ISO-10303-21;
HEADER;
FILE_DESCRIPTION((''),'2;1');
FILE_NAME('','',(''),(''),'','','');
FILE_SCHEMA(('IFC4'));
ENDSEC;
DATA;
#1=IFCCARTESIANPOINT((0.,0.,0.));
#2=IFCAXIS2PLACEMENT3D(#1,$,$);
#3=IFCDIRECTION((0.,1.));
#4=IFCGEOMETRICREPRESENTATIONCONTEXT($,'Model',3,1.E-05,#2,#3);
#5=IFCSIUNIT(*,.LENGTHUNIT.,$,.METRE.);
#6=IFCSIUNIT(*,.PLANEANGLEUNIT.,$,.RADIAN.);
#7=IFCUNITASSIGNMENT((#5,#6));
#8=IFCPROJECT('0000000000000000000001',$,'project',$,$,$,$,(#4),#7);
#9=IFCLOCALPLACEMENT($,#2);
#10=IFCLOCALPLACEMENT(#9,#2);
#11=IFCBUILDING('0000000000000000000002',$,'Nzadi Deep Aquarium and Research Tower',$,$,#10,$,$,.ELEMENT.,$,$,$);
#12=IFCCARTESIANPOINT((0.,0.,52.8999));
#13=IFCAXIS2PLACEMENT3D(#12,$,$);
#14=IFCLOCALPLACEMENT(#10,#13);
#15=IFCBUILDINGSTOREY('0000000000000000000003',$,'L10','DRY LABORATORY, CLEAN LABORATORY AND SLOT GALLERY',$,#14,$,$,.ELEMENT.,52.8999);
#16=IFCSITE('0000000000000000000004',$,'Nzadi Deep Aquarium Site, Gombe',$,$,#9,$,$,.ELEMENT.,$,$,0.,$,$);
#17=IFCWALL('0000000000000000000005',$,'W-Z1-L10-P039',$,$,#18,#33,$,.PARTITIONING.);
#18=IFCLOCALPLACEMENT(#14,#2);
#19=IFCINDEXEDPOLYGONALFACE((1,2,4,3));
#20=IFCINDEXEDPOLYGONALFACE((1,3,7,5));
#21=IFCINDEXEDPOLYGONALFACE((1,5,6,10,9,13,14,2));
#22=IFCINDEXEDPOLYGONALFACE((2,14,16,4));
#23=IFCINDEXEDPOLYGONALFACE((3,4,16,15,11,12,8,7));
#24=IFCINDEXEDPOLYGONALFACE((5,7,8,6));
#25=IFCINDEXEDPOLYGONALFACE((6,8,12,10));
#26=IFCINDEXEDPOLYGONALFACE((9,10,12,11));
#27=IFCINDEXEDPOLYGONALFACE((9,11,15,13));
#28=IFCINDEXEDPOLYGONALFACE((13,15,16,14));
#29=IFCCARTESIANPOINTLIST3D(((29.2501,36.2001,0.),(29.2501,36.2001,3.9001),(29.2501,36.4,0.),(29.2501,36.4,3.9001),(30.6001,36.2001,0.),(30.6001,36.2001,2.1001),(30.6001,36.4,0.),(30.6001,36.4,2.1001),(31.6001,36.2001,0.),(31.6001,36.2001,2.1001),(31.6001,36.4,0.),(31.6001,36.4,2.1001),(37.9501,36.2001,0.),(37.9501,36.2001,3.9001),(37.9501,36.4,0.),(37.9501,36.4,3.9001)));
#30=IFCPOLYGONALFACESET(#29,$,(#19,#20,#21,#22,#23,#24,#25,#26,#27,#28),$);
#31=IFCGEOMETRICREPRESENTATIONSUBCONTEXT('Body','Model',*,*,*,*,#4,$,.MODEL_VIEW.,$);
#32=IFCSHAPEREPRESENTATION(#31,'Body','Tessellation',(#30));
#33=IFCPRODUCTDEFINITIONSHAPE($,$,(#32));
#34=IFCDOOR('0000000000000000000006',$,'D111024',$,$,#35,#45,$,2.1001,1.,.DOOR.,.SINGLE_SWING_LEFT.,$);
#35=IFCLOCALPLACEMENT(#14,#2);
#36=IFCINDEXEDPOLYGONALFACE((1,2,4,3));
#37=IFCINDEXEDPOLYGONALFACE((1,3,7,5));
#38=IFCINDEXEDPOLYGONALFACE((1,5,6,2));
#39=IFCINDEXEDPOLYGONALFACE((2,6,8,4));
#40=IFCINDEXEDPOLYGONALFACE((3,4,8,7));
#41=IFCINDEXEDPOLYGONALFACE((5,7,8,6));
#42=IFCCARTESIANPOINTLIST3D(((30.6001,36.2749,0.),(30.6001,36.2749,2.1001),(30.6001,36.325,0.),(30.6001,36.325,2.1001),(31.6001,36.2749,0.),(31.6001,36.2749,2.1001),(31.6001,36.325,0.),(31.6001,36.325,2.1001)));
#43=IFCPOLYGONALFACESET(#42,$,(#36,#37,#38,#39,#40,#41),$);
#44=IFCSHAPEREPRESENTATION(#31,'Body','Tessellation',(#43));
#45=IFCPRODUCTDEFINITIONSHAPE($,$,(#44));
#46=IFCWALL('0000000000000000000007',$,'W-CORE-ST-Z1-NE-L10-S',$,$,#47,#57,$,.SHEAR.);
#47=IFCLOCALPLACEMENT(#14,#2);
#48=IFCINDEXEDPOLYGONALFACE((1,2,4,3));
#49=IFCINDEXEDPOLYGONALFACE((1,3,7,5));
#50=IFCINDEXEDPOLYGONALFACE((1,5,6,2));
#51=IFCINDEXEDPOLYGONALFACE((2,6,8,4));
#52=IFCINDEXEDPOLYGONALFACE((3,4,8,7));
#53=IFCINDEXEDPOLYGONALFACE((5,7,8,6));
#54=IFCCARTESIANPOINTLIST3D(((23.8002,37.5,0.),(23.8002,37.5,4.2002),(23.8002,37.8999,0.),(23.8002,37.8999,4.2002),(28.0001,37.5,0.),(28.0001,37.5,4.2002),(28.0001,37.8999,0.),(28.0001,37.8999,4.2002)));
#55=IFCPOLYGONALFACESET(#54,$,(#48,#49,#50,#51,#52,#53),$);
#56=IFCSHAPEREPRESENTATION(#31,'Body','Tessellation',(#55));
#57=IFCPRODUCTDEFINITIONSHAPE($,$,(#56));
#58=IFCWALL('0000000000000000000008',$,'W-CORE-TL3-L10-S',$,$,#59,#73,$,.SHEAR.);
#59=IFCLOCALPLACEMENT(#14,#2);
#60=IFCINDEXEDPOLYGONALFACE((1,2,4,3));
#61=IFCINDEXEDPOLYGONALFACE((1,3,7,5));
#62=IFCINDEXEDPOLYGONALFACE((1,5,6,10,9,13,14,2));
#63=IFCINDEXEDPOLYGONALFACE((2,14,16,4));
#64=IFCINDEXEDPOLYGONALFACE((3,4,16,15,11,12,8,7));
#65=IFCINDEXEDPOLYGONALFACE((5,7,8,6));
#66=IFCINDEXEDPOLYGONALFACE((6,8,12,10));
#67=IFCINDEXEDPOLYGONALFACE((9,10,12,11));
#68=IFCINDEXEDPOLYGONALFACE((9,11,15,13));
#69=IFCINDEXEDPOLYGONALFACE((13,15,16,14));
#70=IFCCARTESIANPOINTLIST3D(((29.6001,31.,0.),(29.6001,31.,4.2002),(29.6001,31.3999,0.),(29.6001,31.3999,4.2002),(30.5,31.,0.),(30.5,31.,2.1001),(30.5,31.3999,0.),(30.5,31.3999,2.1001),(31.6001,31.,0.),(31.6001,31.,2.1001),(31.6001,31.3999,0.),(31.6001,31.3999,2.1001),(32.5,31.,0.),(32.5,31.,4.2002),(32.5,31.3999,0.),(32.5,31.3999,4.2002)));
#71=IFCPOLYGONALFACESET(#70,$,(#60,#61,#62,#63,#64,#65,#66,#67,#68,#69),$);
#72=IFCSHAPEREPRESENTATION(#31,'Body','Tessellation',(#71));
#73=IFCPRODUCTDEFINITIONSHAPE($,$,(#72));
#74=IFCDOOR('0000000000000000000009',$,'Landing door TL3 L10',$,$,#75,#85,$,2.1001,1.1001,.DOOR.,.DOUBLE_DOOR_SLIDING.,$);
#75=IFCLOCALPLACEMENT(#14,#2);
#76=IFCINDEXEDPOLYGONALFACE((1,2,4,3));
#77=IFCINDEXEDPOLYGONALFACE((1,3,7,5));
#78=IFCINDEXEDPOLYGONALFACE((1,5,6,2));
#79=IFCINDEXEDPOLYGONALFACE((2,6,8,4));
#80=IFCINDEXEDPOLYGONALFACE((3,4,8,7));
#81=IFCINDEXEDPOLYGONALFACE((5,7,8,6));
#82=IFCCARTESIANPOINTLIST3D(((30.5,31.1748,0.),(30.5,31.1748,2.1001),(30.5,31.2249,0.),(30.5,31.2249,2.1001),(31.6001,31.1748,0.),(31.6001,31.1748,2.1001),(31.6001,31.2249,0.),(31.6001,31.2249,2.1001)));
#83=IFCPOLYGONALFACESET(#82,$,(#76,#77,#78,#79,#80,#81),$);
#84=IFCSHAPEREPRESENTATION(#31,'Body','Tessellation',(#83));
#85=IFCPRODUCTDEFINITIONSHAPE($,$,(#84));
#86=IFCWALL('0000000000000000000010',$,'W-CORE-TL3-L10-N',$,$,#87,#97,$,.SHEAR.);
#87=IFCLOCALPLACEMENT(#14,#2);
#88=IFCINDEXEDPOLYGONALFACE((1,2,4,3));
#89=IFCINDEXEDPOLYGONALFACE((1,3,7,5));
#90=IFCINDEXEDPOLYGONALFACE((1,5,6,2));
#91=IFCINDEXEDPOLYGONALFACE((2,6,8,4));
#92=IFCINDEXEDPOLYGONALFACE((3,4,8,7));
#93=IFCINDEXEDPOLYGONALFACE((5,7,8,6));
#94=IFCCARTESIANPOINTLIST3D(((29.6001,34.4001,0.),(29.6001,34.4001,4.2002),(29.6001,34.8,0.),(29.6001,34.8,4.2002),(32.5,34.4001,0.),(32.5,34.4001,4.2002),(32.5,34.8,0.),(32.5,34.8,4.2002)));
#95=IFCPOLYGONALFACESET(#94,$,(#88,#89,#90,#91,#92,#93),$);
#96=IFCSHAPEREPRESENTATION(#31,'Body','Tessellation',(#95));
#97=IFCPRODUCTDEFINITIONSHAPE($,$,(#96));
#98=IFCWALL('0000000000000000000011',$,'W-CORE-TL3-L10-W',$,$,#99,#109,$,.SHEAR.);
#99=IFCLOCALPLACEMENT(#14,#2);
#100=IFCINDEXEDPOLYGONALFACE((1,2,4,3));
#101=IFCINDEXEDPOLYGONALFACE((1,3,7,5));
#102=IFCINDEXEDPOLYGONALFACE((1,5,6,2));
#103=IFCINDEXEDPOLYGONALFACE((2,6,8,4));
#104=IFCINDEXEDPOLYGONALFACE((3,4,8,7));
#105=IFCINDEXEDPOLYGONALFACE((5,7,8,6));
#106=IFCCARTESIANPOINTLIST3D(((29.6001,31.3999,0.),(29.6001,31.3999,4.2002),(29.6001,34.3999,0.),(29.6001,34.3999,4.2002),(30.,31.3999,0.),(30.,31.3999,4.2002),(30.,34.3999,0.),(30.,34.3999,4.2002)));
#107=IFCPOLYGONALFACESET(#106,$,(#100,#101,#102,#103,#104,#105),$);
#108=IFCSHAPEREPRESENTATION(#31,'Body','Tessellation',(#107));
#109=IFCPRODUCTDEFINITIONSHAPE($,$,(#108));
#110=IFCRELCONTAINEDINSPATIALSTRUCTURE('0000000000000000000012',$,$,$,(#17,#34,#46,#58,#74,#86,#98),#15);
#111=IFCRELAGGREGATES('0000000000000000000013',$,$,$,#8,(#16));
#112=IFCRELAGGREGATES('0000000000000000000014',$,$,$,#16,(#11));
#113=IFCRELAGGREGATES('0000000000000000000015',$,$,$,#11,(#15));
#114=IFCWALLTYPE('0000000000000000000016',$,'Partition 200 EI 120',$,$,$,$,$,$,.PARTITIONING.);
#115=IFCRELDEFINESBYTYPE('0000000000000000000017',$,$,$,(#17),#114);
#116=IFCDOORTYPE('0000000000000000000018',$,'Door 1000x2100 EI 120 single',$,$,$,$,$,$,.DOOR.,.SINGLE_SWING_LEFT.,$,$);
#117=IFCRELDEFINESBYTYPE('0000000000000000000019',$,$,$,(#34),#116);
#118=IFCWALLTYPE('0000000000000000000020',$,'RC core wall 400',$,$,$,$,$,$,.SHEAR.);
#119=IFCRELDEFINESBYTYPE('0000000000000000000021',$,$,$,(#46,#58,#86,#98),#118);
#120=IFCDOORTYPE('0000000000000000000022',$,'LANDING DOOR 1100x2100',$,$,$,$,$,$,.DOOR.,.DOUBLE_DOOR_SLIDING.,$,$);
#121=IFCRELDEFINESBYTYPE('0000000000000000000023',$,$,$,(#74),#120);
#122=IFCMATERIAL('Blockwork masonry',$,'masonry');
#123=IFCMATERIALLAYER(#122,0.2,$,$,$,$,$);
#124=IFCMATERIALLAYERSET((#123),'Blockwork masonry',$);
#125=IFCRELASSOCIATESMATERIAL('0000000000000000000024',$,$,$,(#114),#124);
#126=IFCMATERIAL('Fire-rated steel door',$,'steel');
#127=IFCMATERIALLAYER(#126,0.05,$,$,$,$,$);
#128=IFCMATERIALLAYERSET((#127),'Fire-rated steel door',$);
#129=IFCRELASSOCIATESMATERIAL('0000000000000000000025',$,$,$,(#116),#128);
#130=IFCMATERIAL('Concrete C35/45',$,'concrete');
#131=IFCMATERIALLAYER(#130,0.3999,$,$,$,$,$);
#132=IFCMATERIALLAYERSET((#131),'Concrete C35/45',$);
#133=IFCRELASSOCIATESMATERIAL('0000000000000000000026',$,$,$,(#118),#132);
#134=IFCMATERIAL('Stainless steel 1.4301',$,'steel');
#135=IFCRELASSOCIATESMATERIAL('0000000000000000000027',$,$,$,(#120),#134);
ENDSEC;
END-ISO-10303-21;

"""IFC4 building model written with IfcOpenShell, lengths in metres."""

from ifc_helpers import new_model, si_unit, direction, frame, frame_2d, origin, place, context, subcontext, project, spatial, rectangle, extrude, material, layer, layer_set, type_object, element, fill, save


model = new_model("IFC4")

# Units and contexts
model_context = context("Model", 3, precision=1e-05, world=origin(), true_north=direction((0.0, 1.0)))
body_context = subcontext(model_context, "Body", "Model", "MODEL_VIEW")
ifc_project = project(units=[si_unit("LENGTHUNIT", "METRE"), si_unit("PLANEANGLEUNIT", "RADIAN")], contexts=[model_context])

# Site, building, storey
site_placement = place(None, origin())
site = spatial("IfcSite", under=ifc_project, at=site_placement, Name="Nzadi Deep Aquarium Site, Gombe", CompositionType="ELEMENT", RefElevation=0.0)
building_placement = place(site_placement, origin())
building = spatial("IfcBuilding", under=site, at=building_placement, Name="Nzadi Deep Aquarium and Research Tower", CompositionType="ELEMENT")
storey_placement = place(building_placement, frame((0.0, 0.0, 52.8999)))
storey = spatial("IfcBuildingStorey", under=building, at=storey_placement, Name="L10", Description="DRY LABORATORY, CLEAN LABORATORY AND SLOT GALLERY", CompositionType="ELEMENT", Elevation=52.8999)

# Shared definitions
ifc_material_1 = material(Name="Blockwork masonry", Category="masonry")
ifc_layer_1 = layer(ifc_material_1, 0.2)
ifc_layer_set_1 = layer_set([ifc_layer_1], Name="Blockwork masonry")
wall_type_1 = type_object("IfcWallType", Name="Partition 200 EI 120", PredefinedType="PARTITIONING", material=ifc_layer_set_1)

# Wall, opening, door
wall_1_placement = place(storey_placement, frame((29.25, 36.3, 0.0), z_axis=(0.0, 0.0, 1.0), x_axis=(1.0, 0.0, 0.0)))
wall_1 = element("IfcWall", 1, at=wall_1_placement, inside=storey, type_object=wall_type_1, Name="W-Z1-L10-P039", PredefinedType="PARTITIONING", context=body_context, shape_type="SweptSolid", body=[
    extrude(rectangle(XDim=8.7, YDim=0.2, at=frame_2d((4.3501, 0.0))), origin(), (0.0, 0.0, 1.0), 3.9001),
])
opening_1_placement = place(wall_1_placement, frame((1.3501, 0.0, 0.0)))
opening_1 = element("IfcOpeningElement", 2, at=opening_1_placement, cuts=wall_1, PredefinedType="OPENING", context=body_context, shape_type="SweptSolid", body=[
    extrude(rectangle(XDim=1.0, YDim=2.1001, at=frame_2d((0.5, 1.05))), frame((0.0, 0.1101, 0.0), z_axis=(0.0, -1.0, 0.0), x_axis=(1.0, 0.0, 0.0)), (0.0, 0.0, 1.0), 0.2202),
])
ifc_material_2 = material(Name="Fire-rated steel door", Category="steel")
ifc_layer_2 = layer(ifc_material_2, 0.05)
ifc_layer_set_2 = layer_set([ifc_layer_2], Name="Fire-rated steel door")
door_type_1 = type_object("IfcDoorType", Name="Door 1000x2100 EI 120 single", OperationType="SINGLE_SWING_LEFT", PredefinedType="DOOR", material=ifc_layer_set_2)
door_1_placement = place(opening_1_placement, origin())
door_1 = element("IfcDoor", 3, at=door_1_placement, inside=storey, type_object=door_type_1, Name="D111024", OperationType="SINGLE_SWING_LEFT", OverallHeight=2.1001, OverallWidth=1.0, PredefinedType="DOOR", context=body_context, shape_type="SweptSolid", body=[
    extrude(rectangle(XDim=1.0, YDim=2.1001, at=frame_2d((0.5, 1.05))), frame((0.0, 0.0249, 0.0), z_axis=(0.0, -1.0, 0.0), x_axis=(1.0, 0.0, 0.0)), (0.0, 0.0, 1.0), 0.05),
])
fill(opening_1, door_1)

# Wall
ifc_material_3 = material(Name="Concrete C35/45", Category="concrete")
ifc_layer_3 = layer(ifc_material_3, 0.3999)
ifc_layer_set_3 = layer_set([ifc_layer_3], Name="Concrete C35/45")
wall_type_2 = type_object("IfcWallType", Name="RC core wall 400", PredefinedType="SHEAR", material=ifc_layer_set_3)
wall_2_placement = place(storey_placement, frame((23.8, 37.7, 0.0), z_axis=(0.0, 0.0, 1.0), x_axis=(1.0, 0.0, 0.0)))
element("IfcWall", 4, at=wall_2_placement, inside=storey, type_object=wall_type_2, Name="W-CORE-ST-Z1-NE-L10-S", PredefinedType="SHEAR", context=body_context, shape_type="SweptSolid", body=[
    extrude(rectangle(XDim=4.2, YDim=0.3999, at=frame_2d((2.1001, 0.0))), origin(), (0.0, 0.0, 1.0), 4.2002),
])

# Wall, opening, door
wall_3_placement = place(storey_placement, frame((29.6001, 31.2, 0.0), z_axis=(0.0, 0.0, 1.0), x_axis=(1.0, 0.0, 0.0)))
wall_3 = element("IfcWall", 5, at=wall_3_placement, inside=storey, type_object=wall_type_2, Name="W-CORE-TL3-L10-S", PredefinedType="SHEAR", context=body_context, shape_type="SweptSolid", body=[
    extrude(rectangle(XDim=2.8999, YDim=0.3999, at=frame_2d((1.45, 0.0))), origin(), (0.0, 0.0, 1.0), 4.2002),
])
opening_2_placement = place(wall_3_placement, frame((0.8999, 0.0, 0.0)))
opening_2 = element("IfcOpeningElement", 6, at=opening_2_placement, cuts=wall_3, PredefinedType="OPENING", context=body_context, shape_type="SweptSolid", body=[
    extrude(rectangle(XDim=1.1001, YDim=2.1001, at=frame_2d((0.55, 1.05))), frame((0.0, 0.21, 0.0), z_axis=(0.0, -1.0, 0.0), x_axis=(1.0, 0.0, 0.0)), (0.0, 0.0, 1.0), 0.4199),
])
ifc_material_4 = material(Name="Stainless steel 1.4301", Category="steel")
door_type_2 = type_object("IfcDoorType", Name="LANDING DOOR 1100x2100", OperationType="DOUBLE_DOOR_SLIDING", PredefinedType="DOOR", material=ifc_material_4)
door_2_placement = place(opening_2_placement, origin())
door_2 = element("IfcDoor", 7, at=door_2_placement, inside=storey, type_object=door_type_2, Name="Landing door TL3 L10", OperationType="DOUBLE_DOOR_SLIDING", OverallHeight=2.1001, OverallWidth=1.1001, PredefinedType="DOOR", context=body_context, shape_type="SweptSolid", body=[
    extrude(rectangle(XDim=1.1001, YDim=2.1001, at=frame_2d((0.55, 1.05))), frame((0.0, 0.0249, 0.0), z_axis=(0.0, -1.0, 0.0), x_axis=(1.0, 0.0, 0.0)), (0.0, 0.0, 1.0), 0.05),
])
fill(opening_2, door_2)

# Walls
wall_4_placement = place(storey_placement, frame((29.6001, 34.6001, 0.0), z_axis=(0.0, 0.0, 1.0), x_axis=(1.0, 0.0, 0.0)))
element("IfcWall", 8, at=wall_4_placement, inside=storey, type_object=wall_type_2, Name="W-CORE-TL3-L10-N", PredefinedType="SHEAR", context=body_context, shape_type="SweptSolid", body=[
    extrude(rectangle(XDim=2.8999, YDim=0.3999, at=frame_2d((1.45, 0.0))), origin(), (0.0, 0.0, 1.0), 4.2002),
])
wall_5_placement = place(storey_placement, frame((29.8, 31.3999, 0.0), z_axis=(0.0, 0.0, 1.0), x_axis=(0.0, 1.0, 0.0)))
element("IfcWall", 9, at=wall_5_placement, inside=storey, type_object=wall_type_2, Name="W-CORE-TL3-L10-W", PredefinedType="SHEAR", context=body_context, shape_type="SweptSolid", body=[
    extrude(rectangle(XDim=3.0, YDim=0.3999, at=frame_2d((1.5, 0.0))), origin(), (0.0, 0.0, 1.0), 4.2002),
])

save(model, "model.ifc")
